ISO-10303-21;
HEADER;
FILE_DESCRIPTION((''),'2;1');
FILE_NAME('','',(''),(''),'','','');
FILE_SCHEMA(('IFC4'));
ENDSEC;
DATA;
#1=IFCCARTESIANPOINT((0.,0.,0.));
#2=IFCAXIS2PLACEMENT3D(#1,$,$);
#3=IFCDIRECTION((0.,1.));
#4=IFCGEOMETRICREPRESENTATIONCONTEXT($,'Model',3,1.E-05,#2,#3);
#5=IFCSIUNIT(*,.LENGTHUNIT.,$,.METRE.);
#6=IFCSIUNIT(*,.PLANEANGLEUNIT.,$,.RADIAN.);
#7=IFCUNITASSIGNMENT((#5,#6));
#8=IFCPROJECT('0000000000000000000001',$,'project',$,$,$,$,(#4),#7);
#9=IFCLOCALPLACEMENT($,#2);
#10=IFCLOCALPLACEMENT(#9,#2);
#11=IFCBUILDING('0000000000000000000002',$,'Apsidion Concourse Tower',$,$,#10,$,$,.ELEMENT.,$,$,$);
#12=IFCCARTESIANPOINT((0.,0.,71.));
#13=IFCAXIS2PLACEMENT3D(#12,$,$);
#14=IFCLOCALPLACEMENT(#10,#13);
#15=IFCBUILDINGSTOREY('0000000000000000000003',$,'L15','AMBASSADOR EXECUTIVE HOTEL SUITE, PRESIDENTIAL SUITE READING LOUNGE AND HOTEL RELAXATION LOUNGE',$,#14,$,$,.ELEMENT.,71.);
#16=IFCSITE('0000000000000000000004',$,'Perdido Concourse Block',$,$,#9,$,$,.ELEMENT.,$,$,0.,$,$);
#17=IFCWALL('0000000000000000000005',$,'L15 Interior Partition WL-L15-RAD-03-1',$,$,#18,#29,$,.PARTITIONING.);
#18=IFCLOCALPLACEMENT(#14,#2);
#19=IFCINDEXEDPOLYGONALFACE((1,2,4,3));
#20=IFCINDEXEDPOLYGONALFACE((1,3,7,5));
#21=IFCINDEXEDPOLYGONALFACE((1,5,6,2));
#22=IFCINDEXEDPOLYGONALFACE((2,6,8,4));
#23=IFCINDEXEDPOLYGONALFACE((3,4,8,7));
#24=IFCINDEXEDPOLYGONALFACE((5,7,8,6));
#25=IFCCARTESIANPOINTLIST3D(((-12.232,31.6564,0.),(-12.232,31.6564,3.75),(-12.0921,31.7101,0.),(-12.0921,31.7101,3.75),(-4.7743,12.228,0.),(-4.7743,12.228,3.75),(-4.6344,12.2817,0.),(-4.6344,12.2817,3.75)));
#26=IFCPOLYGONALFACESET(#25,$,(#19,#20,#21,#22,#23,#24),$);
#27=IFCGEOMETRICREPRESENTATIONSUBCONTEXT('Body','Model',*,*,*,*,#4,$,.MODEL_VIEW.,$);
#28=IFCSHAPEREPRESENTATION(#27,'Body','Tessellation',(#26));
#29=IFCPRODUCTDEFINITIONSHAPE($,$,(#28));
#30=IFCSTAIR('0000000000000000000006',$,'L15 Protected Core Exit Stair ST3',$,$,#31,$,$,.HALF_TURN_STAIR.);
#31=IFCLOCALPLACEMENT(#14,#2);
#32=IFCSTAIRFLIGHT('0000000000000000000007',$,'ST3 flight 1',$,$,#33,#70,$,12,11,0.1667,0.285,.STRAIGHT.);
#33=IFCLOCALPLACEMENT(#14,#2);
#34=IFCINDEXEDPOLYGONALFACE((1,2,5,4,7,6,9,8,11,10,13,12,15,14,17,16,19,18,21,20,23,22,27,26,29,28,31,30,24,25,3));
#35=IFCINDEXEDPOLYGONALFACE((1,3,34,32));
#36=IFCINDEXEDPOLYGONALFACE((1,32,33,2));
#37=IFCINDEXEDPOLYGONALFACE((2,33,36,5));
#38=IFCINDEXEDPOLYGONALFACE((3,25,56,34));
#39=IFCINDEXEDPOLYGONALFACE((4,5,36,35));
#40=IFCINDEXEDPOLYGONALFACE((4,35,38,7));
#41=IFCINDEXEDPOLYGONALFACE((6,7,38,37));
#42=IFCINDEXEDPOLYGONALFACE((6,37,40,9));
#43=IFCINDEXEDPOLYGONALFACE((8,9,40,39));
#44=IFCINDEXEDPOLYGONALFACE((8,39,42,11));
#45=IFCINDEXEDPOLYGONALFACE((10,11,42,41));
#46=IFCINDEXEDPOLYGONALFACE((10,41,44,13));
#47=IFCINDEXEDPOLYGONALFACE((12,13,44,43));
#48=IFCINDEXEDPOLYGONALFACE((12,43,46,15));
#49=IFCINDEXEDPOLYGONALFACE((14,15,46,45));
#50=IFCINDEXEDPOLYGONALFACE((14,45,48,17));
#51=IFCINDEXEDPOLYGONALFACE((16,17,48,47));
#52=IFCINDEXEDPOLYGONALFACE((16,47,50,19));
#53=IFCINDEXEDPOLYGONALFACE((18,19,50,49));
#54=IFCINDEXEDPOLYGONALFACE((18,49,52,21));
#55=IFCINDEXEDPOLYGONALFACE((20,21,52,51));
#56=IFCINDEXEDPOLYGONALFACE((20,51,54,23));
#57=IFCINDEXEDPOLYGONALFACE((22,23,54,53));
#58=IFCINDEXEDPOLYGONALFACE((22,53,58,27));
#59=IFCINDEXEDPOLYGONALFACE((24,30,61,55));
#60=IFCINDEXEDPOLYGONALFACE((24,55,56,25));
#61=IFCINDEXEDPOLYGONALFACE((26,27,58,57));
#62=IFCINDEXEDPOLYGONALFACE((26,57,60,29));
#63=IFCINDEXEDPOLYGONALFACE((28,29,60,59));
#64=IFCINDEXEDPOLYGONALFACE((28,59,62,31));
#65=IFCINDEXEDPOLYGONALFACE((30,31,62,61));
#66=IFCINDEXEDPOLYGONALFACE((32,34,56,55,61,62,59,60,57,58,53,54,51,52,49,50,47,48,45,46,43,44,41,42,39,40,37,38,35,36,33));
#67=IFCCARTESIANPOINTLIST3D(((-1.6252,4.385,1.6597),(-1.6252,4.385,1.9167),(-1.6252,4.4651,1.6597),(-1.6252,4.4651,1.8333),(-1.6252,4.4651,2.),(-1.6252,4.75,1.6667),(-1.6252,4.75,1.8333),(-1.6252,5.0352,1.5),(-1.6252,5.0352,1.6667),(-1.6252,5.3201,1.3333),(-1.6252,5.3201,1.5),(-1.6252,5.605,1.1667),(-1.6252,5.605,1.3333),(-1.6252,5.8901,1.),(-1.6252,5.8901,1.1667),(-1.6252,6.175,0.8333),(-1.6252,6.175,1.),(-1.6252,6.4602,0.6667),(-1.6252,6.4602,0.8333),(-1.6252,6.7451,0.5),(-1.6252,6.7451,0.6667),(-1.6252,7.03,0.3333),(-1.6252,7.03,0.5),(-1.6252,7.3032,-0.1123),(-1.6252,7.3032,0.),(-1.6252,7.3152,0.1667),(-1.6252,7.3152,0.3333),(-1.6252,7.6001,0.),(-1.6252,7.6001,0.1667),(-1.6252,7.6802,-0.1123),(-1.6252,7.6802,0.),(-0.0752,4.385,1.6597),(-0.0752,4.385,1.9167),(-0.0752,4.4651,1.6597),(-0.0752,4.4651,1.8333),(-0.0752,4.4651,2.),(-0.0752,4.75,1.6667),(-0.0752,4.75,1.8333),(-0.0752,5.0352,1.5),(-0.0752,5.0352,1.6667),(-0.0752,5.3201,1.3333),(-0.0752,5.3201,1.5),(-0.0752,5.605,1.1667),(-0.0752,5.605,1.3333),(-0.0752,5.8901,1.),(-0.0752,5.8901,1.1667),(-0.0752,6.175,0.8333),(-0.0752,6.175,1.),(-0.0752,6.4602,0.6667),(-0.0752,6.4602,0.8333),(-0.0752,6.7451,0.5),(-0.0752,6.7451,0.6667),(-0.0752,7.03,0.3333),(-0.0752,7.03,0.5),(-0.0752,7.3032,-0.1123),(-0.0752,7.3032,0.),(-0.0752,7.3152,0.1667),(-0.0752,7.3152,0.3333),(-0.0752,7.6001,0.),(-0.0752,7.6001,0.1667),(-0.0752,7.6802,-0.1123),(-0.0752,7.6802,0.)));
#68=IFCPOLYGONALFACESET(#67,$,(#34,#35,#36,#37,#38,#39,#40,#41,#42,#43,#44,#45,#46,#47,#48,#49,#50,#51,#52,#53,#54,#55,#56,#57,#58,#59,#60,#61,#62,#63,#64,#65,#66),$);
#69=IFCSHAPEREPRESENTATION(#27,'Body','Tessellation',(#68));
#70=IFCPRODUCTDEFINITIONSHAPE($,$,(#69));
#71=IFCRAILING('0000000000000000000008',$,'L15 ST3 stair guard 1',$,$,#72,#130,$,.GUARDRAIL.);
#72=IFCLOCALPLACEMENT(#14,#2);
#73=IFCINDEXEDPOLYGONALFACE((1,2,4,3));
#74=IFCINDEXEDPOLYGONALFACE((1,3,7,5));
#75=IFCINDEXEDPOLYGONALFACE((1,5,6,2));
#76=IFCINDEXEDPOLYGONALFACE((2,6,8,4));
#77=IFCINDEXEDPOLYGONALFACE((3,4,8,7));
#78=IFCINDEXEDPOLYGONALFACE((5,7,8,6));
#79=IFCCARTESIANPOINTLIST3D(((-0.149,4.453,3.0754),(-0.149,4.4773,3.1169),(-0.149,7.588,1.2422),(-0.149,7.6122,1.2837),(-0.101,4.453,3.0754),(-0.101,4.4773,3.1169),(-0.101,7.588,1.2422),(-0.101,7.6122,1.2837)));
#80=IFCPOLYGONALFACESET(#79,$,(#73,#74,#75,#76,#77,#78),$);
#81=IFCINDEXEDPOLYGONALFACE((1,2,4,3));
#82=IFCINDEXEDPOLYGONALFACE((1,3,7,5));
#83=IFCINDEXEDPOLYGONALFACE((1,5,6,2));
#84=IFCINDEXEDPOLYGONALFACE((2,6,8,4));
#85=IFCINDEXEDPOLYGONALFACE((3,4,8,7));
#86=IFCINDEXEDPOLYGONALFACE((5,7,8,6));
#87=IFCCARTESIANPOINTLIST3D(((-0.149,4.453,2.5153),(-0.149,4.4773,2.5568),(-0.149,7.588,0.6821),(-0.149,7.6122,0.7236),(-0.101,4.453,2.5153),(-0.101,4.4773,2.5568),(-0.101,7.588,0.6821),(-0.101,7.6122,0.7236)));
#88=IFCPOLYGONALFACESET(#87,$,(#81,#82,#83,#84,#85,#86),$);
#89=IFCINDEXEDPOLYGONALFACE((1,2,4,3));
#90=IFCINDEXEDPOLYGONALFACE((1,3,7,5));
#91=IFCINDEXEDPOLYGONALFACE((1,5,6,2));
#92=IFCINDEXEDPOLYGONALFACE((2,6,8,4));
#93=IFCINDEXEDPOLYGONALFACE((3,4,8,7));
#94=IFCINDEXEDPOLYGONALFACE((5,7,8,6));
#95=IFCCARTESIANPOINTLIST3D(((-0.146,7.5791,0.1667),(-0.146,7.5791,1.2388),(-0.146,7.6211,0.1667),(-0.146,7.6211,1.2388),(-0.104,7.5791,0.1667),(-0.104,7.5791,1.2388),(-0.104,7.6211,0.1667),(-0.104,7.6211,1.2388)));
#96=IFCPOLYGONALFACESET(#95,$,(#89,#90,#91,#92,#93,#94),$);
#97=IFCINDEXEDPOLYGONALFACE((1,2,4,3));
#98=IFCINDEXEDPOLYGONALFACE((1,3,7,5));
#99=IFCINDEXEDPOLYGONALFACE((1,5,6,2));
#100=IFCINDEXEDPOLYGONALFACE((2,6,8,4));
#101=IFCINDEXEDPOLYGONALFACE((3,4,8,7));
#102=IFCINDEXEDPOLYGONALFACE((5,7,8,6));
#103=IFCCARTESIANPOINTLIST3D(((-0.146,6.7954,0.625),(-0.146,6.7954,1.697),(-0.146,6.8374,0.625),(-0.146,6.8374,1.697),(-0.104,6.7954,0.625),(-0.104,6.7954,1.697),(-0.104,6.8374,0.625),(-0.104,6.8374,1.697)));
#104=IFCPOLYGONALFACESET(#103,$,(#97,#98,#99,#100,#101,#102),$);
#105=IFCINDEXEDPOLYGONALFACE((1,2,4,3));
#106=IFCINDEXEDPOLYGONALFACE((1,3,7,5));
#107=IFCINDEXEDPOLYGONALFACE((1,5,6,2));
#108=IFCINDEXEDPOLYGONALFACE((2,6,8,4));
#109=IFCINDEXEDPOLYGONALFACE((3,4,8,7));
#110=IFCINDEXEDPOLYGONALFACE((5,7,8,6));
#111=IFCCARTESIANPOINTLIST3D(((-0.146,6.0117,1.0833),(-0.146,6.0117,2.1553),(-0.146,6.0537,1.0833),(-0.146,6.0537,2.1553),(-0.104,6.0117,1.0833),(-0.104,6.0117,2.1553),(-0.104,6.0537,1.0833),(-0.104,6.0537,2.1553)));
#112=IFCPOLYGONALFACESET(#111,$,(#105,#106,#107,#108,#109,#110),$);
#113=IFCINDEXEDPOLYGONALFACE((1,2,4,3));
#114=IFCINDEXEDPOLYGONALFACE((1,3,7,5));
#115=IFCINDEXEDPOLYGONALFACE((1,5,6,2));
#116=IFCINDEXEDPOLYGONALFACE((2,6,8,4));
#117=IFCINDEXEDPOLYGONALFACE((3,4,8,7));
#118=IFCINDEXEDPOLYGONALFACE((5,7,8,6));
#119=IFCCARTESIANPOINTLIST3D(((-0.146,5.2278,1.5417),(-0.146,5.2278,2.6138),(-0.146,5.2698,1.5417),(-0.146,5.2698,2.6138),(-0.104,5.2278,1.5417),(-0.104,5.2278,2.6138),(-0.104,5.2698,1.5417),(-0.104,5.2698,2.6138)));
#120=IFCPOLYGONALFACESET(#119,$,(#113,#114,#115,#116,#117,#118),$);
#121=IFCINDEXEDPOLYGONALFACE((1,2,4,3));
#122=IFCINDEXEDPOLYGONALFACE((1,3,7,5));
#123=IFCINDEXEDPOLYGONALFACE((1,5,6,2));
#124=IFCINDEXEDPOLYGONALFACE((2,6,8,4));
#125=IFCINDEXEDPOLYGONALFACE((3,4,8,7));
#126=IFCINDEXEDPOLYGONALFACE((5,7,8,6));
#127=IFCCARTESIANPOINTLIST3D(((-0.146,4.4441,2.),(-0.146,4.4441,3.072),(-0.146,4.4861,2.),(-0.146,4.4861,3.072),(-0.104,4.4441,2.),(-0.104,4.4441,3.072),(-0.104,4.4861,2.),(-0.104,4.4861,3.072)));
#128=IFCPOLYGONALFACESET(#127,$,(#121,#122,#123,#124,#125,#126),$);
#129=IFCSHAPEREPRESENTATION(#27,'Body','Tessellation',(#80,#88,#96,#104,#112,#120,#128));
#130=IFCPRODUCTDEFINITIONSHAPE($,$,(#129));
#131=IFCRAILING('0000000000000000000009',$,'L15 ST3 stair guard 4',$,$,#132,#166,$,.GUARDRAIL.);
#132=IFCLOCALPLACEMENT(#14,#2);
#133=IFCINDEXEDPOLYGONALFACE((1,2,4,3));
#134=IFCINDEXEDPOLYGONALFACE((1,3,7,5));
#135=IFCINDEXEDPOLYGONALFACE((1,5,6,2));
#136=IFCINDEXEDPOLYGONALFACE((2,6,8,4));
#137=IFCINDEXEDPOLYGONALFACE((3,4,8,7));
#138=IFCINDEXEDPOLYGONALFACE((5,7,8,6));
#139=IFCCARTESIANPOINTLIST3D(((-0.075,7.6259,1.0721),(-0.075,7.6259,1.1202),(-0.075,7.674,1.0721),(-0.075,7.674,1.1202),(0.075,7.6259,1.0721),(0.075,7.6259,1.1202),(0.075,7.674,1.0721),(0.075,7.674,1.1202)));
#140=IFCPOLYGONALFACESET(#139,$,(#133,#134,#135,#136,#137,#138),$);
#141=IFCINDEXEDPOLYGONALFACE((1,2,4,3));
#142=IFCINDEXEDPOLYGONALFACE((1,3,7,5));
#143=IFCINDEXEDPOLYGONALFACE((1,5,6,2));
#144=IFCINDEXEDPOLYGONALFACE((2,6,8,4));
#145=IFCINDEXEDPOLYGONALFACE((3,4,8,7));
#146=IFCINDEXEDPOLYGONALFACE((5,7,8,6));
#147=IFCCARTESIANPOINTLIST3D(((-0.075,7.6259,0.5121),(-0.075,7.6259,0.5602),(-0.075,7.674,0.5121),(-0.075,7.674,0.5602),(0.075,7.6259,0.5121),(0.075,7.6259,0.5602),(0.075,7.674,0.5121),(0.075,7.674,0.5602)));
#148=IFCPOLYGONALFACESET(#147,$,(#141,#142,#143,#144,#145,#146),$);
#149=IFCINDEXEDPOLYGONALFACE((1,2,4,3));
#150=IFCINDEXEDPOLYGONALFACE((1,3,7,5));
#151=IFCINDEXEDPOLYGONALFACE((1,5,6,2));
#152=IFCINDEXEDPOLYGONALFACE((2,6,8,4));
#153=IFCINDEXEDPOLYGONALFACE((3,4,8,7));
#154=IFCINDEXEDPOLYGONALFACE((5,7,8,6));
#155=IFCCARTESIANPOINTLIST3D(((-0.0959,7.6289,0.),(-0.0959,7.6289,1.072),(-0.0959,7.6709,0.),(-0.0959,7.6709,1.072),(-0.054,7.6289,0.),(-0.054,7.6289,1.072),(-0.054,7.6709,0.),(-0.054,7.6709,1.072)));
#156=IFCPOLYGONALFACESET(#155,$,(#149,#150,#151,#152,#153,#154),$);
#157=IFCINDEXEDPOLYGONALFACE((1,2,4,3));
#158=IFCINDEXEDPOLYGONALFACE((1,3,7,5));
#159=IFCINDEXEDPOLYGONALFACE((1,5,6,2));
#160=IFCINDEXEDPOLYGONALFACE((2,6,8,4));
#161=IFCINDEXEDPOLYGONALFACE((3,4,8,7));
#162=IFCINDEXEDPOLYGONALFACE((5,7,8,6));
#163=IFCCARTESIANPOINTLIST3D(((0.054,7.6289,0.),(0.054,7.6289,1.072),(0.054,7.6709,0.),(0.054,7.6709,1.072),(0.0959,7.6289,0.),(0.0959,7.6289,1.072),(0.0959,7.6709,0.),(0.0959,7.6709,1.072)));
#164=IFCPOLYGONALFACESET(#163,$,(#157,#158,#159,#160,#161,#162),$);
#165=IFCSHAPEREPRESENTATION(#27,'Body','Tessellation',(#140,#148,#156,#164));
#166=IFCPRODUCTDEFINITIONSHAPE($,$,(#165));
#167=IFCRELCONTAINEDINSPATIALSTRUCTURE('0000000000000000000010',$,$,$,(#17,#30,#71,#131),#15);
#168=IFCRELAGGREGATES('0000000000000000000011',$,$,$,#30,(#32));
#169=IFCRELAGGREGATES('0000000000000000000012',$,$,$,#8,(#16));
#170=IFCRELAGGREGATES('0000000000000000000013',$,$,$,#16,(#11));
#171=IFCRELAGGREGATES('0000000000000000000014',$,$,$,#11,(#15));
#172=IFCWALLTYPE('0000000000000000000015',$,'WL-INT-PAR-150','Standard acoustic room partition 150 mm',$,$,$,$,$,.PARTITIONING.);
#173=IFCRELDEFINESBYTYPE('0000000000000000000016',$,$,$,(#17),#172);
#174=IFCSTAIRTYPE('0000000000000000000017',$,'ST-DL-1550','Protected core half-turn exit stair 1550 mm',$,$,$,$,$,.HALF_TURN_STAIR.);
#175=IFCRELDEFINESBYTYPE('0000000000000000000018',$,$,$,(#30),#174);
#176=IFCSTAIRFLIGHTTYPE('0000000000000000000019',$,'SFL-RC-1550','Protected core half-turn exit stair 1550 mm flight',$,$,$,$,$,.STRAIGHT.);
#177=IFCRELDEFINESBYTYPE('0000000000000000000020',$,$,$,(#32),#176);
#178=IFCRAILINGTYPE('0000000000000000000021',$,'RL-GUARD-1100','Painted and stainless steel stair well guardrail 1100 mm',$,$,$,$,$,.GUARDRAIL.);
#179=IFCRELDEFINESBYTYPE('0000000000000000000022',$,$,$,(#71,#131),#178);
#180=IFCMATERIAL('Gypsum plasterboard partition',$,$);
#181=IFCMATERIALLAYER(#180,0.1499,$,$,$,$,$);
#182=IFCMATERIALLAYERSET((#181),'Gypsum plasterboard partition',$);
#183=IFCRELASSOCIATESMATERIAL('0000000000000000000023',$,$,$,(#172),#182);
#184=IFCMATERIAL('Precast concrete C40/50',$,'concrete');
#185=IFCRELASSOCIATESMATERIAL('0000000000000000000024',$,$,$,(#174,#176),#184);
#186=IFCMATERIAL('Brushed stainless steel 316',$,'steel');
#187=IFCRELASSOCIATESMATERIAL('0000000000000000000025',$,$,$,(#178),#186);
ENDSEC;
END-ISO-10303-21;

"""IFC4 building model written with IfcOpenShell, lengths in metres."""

from ifc_helpers import new_model, si_unit, direction, frame, frame_2d, origin, origin_2d, place, context, subcontext, project, spatial, polyline, rectangle, outline, extrude, material, layer, layer_set, type_object, element, aggregate, save


model = new_model("IFC4")

# Units and contexts
model_context = context("Model", 3, precision=1e-05, world=origin(), true_north=direction((0.0, 1.0)))
body_context = subcontext(model_context, "Body", "Model", "MODEL_VIEW")
ifc_project = project(units=[si_unit("LENGTHUNIT", "METRE"), si_unit("PLANEANGLEUNIT", "RADIAN")], contexts=[model_context])

# Site, building, storey
site_placement = place(None, origin())
site = spatial("IfcSite", under=ifc_project, at=site_placement, Name="Perdido Concourse Block", CompositionType="ELEMENT", RefElevation=0.0)
building_placement = place(site_placement, origin())
building = spatial("IfcBuilding", under=site, at=building_placement, Name="Apsidion Concourse Tower", CompositionType="ELEMENT")
storey_placement = place(building_placement, frame((0.0, 0.0, 71.0)))
storey = spatial("IfcBuildingStorey", under=building, at=storey_placement, Name="L15", Description="AMBASSADOR EXECUTIVE HOTEL SUITE, PRESIDENTIAL SUITE READING LOUNGE AND HOTEL RELAXATION LOUNGE", CompositionType="ELEMENT", Elevation=71.0)

# Shared definitions
ifc_material_1 = material(Name="Precast concrete C40/50", Category="concrete")

# Shared definitions
ifc_material_2 = material(Name="Gypsum plasterboard partition")

# Shared definitions
ifc_layer_1 = layer(ifc_material_2, 0.1499)
ifc_layer_set_1 = layer_set([ifc_layer_1], Name="Gypsum plasterboard partition")
wall_type_1 = type_object("IfcWallType", Name="WL-INT-PAR-150", Description="Standard acoustic room partition 150 mm", PredefinedType="PARTITIONING", material=ifc_layer_set_1)
ifc_material_3 = material(Name="Brushed stainless steel 316", Category="steel")

# Wall
wall_1_placement = place(storey_placement, frame((-4.7043, 12.2549, 0.0), z_axis=(0.0, 0.0, 1.0), x_axis=(-0.358363, 0.933582, 0.0)))
element("IfcWall", 1, at=wall_1_placement, inside=storey, type_object=wall_type_1, Name="L15 Interior Partition WL-L15-RAD-03-1", PredefinedType="PARTITIONING", context=body_context, shape_type="SweptSolid", body=[
    extrude(rectangle(XDim=20.8105, YDim=0.1499, at=frame_2d((10.4053, 0.0))), origin(), (0.0, 0.0, 1.0), 3.75),
])

# Stair, stair flight
stair_type = type_object("IfcStairType", Name="ST-DL-1550", Description="Protected core half-turn exit stair 1550 mm", PredefinedType="HALF_TURN_STAIR", material=ifc_material_1)
stair_placement = place(storey_placement, origin())
stair = element("IfcStair", 2, at=stair_placement, inside=storey, type_object=stair_type, Name="L15 Protected Core Exit Stair ST3", PredefinedType="HALF_TURN_STAIR")
stair_flight_type = type_object("IfcStairFlightType", Name="SFL-RC-1550", Description="Protected core half-turn exit stair 1550 mm flight", PredefinedType="STRAIGHT", material=ifc_material_1)
stair_flight_placement = place(storey_placement, frame((-0.8501, 7.6001, 0.0), z_axis=(0.0, 0.0, 1.0), x_axis=(0.0, -1.0, 0.0)))
stair_flight = element("IfcStairFlight", 3, at=stair_flight_placement, type_object=stair_flight_type, Name="ST3 flight 1", NumberOfRisers=12, NumberOfTreads=11, PredefinedType="STRAIGHT", RiserHeight=0.1667, TreadLength=0.285, context=body_context, shape_type="SweptSolid", body=[
    extrude(outline(polyline([(-0.0801, -0.1123), (-0.0801, 0.0), (0.0, 0.0), (0.0, 0.1667), (0.2849, 0.1667), (0.2849, 0.3333), (0.5701, 0.3333), (0.5701, 0.5), (0.855, 0.5), (0.855, 0.6667), (1.1399, 0.6667), (1.1399, 0.8333), (1.425, 0.8333), (1.425, 1.0), (1.71, 1.0), (1.71, 1.1667), (1.9951, 1.1667), (1.9951, 1.3333), (2.28, 1.3333), (2.28, 1.5), (2.5649, 1.5), (2.5649, 1.6667), (2.8501, 1.6667), (2.8501, 1.8333), (3.135, 1.8333), (3.135, 2.0), (3.2151, 1.9167), (3.2151, 1.6597), (3.135, 1.6597), (0.2969, 0.0), (0.2969, -0.1123), (-0.0801, -0.1123)])), frame((0.0, 0.7749, 0.0), z_axis=(0.0, -1.0, 0.0), x_axis=(1.0, 0.0, 0.0)), (0.0, 0.0, 1.0), 1.55),
])
aggregate(stair, [stair_flight])

# Railings
railing_type_1 = type_object("IfcRailingType", Name="RL-GUARD-1100", Description="Painted and stainless steel stair well guardrail 1100 mm", PredefinedType="GUARDRAIL", material=ifc_material_3)
railing_1_placement = place(storey_placement, frame((-0.125, 7.6001, 0.1667)))
element("IfcRailing", 4, at=railing_1_placement, inside=storey, type_object=railing_type_1, Name="L15 ST3 stair guard 1", PredefinedType="GUARDRAIL", context=body_context, shape_type="SweptSolid", body=[
    extrude(rectangle(XDim=0.0481, YDim=0.0481, at=origin_2d()), frame((0.0, 0.0, 1.0962), z_axis=(0.0, -0.86324, 0.504794), x_axis=(1.0, 0.0, 0.0)), (0.0, 0.0, 1.0), 3.6316),
    extrude(rectangle(XDim=0.0481, YDim=0.0481, at=origin_2d()), frame((0.0, 0.0, 0.5361), z_axis=(0.0, -0.86324, 0.504794), x_axis=(1.0, 0.0, 0.0)), (0.0, 0.0, 1.0), 3.6316),
    extrude(rectangle(XDim=0.042, YDim=0.042, at=origin_2d()), origin(), (0.0, 0.0, 1.0), 1.072),
    extrude(rectangle(XDim=0.042, YDim=0.042, at=origin_2d()), frame((0.0, -0.7837, 0.4583)), (0.0, 0.0, 1.0), 1.072),
    extrude(rectangle(XDim=0.042, YDim=0.042, at=origin_2d()), frame((0.0, -1.5674, 0.9165)), (0.0, 0.0, 1.0), 1.072),
    extrude(rectangle(XDim=0.042, YDim=0.042, at=origin_2d()), frame((0.0, -2.3513, 1.375)), (0.0, 0.0, 1.0), 1.072),
    extrude(rectangle(XDim=0.042, YDim=0.042, at=origin_2d()), frame((0.0, -3.135, 1.8333)), (0.0, 0.0, 1.0), 1.072),
])
railing_2_placement = place(storey_placement, frame((-0.075, 7.6499, 0.0)))
element("IfcRailing", 5, at=railing_2_placement, inside=storey, type_object=railing_type_1, Name="L15 ST3 stair guard 4", PredefinedType="GUARDRAIL", context=body_context, shape_type="SweptSolid", body=[
    extrude(rectangle(XDim=0.0481, YDim=0.0481, at=origin_2d()), frame((0.0, 0.0, 1.0962), z_axis=(1.0, 0.0, 0.0), x_axis=(0.0, 1.0, 0.0)), (0.0, 0.0, 1.0), 0.1499),
    extrude(rectangle(XDim=0.0481, YDim=0.0481, at=origin_2d()), frame((0.0, 0.0, 0.5361), z_axis=(1.0, 0.0, 0.0), x_axis=(0.0, 1.0, 0.0)), (0.0, 0.0, 1.0), 0.1499),
    extrude(rectangle(XDim=0.042, YDim=0.042, at=origin_2d()), origin(), (0.0, 0.0, 1.0), 1.072),
    extrude(rectangle(XDim=0.042, YDim=0.042, at=origin_2d()), frame((0.1499, 0.0, 0.0)), (0.0, 0.0, 1.0), 1.072),
])

save(model, "model.ifc")
